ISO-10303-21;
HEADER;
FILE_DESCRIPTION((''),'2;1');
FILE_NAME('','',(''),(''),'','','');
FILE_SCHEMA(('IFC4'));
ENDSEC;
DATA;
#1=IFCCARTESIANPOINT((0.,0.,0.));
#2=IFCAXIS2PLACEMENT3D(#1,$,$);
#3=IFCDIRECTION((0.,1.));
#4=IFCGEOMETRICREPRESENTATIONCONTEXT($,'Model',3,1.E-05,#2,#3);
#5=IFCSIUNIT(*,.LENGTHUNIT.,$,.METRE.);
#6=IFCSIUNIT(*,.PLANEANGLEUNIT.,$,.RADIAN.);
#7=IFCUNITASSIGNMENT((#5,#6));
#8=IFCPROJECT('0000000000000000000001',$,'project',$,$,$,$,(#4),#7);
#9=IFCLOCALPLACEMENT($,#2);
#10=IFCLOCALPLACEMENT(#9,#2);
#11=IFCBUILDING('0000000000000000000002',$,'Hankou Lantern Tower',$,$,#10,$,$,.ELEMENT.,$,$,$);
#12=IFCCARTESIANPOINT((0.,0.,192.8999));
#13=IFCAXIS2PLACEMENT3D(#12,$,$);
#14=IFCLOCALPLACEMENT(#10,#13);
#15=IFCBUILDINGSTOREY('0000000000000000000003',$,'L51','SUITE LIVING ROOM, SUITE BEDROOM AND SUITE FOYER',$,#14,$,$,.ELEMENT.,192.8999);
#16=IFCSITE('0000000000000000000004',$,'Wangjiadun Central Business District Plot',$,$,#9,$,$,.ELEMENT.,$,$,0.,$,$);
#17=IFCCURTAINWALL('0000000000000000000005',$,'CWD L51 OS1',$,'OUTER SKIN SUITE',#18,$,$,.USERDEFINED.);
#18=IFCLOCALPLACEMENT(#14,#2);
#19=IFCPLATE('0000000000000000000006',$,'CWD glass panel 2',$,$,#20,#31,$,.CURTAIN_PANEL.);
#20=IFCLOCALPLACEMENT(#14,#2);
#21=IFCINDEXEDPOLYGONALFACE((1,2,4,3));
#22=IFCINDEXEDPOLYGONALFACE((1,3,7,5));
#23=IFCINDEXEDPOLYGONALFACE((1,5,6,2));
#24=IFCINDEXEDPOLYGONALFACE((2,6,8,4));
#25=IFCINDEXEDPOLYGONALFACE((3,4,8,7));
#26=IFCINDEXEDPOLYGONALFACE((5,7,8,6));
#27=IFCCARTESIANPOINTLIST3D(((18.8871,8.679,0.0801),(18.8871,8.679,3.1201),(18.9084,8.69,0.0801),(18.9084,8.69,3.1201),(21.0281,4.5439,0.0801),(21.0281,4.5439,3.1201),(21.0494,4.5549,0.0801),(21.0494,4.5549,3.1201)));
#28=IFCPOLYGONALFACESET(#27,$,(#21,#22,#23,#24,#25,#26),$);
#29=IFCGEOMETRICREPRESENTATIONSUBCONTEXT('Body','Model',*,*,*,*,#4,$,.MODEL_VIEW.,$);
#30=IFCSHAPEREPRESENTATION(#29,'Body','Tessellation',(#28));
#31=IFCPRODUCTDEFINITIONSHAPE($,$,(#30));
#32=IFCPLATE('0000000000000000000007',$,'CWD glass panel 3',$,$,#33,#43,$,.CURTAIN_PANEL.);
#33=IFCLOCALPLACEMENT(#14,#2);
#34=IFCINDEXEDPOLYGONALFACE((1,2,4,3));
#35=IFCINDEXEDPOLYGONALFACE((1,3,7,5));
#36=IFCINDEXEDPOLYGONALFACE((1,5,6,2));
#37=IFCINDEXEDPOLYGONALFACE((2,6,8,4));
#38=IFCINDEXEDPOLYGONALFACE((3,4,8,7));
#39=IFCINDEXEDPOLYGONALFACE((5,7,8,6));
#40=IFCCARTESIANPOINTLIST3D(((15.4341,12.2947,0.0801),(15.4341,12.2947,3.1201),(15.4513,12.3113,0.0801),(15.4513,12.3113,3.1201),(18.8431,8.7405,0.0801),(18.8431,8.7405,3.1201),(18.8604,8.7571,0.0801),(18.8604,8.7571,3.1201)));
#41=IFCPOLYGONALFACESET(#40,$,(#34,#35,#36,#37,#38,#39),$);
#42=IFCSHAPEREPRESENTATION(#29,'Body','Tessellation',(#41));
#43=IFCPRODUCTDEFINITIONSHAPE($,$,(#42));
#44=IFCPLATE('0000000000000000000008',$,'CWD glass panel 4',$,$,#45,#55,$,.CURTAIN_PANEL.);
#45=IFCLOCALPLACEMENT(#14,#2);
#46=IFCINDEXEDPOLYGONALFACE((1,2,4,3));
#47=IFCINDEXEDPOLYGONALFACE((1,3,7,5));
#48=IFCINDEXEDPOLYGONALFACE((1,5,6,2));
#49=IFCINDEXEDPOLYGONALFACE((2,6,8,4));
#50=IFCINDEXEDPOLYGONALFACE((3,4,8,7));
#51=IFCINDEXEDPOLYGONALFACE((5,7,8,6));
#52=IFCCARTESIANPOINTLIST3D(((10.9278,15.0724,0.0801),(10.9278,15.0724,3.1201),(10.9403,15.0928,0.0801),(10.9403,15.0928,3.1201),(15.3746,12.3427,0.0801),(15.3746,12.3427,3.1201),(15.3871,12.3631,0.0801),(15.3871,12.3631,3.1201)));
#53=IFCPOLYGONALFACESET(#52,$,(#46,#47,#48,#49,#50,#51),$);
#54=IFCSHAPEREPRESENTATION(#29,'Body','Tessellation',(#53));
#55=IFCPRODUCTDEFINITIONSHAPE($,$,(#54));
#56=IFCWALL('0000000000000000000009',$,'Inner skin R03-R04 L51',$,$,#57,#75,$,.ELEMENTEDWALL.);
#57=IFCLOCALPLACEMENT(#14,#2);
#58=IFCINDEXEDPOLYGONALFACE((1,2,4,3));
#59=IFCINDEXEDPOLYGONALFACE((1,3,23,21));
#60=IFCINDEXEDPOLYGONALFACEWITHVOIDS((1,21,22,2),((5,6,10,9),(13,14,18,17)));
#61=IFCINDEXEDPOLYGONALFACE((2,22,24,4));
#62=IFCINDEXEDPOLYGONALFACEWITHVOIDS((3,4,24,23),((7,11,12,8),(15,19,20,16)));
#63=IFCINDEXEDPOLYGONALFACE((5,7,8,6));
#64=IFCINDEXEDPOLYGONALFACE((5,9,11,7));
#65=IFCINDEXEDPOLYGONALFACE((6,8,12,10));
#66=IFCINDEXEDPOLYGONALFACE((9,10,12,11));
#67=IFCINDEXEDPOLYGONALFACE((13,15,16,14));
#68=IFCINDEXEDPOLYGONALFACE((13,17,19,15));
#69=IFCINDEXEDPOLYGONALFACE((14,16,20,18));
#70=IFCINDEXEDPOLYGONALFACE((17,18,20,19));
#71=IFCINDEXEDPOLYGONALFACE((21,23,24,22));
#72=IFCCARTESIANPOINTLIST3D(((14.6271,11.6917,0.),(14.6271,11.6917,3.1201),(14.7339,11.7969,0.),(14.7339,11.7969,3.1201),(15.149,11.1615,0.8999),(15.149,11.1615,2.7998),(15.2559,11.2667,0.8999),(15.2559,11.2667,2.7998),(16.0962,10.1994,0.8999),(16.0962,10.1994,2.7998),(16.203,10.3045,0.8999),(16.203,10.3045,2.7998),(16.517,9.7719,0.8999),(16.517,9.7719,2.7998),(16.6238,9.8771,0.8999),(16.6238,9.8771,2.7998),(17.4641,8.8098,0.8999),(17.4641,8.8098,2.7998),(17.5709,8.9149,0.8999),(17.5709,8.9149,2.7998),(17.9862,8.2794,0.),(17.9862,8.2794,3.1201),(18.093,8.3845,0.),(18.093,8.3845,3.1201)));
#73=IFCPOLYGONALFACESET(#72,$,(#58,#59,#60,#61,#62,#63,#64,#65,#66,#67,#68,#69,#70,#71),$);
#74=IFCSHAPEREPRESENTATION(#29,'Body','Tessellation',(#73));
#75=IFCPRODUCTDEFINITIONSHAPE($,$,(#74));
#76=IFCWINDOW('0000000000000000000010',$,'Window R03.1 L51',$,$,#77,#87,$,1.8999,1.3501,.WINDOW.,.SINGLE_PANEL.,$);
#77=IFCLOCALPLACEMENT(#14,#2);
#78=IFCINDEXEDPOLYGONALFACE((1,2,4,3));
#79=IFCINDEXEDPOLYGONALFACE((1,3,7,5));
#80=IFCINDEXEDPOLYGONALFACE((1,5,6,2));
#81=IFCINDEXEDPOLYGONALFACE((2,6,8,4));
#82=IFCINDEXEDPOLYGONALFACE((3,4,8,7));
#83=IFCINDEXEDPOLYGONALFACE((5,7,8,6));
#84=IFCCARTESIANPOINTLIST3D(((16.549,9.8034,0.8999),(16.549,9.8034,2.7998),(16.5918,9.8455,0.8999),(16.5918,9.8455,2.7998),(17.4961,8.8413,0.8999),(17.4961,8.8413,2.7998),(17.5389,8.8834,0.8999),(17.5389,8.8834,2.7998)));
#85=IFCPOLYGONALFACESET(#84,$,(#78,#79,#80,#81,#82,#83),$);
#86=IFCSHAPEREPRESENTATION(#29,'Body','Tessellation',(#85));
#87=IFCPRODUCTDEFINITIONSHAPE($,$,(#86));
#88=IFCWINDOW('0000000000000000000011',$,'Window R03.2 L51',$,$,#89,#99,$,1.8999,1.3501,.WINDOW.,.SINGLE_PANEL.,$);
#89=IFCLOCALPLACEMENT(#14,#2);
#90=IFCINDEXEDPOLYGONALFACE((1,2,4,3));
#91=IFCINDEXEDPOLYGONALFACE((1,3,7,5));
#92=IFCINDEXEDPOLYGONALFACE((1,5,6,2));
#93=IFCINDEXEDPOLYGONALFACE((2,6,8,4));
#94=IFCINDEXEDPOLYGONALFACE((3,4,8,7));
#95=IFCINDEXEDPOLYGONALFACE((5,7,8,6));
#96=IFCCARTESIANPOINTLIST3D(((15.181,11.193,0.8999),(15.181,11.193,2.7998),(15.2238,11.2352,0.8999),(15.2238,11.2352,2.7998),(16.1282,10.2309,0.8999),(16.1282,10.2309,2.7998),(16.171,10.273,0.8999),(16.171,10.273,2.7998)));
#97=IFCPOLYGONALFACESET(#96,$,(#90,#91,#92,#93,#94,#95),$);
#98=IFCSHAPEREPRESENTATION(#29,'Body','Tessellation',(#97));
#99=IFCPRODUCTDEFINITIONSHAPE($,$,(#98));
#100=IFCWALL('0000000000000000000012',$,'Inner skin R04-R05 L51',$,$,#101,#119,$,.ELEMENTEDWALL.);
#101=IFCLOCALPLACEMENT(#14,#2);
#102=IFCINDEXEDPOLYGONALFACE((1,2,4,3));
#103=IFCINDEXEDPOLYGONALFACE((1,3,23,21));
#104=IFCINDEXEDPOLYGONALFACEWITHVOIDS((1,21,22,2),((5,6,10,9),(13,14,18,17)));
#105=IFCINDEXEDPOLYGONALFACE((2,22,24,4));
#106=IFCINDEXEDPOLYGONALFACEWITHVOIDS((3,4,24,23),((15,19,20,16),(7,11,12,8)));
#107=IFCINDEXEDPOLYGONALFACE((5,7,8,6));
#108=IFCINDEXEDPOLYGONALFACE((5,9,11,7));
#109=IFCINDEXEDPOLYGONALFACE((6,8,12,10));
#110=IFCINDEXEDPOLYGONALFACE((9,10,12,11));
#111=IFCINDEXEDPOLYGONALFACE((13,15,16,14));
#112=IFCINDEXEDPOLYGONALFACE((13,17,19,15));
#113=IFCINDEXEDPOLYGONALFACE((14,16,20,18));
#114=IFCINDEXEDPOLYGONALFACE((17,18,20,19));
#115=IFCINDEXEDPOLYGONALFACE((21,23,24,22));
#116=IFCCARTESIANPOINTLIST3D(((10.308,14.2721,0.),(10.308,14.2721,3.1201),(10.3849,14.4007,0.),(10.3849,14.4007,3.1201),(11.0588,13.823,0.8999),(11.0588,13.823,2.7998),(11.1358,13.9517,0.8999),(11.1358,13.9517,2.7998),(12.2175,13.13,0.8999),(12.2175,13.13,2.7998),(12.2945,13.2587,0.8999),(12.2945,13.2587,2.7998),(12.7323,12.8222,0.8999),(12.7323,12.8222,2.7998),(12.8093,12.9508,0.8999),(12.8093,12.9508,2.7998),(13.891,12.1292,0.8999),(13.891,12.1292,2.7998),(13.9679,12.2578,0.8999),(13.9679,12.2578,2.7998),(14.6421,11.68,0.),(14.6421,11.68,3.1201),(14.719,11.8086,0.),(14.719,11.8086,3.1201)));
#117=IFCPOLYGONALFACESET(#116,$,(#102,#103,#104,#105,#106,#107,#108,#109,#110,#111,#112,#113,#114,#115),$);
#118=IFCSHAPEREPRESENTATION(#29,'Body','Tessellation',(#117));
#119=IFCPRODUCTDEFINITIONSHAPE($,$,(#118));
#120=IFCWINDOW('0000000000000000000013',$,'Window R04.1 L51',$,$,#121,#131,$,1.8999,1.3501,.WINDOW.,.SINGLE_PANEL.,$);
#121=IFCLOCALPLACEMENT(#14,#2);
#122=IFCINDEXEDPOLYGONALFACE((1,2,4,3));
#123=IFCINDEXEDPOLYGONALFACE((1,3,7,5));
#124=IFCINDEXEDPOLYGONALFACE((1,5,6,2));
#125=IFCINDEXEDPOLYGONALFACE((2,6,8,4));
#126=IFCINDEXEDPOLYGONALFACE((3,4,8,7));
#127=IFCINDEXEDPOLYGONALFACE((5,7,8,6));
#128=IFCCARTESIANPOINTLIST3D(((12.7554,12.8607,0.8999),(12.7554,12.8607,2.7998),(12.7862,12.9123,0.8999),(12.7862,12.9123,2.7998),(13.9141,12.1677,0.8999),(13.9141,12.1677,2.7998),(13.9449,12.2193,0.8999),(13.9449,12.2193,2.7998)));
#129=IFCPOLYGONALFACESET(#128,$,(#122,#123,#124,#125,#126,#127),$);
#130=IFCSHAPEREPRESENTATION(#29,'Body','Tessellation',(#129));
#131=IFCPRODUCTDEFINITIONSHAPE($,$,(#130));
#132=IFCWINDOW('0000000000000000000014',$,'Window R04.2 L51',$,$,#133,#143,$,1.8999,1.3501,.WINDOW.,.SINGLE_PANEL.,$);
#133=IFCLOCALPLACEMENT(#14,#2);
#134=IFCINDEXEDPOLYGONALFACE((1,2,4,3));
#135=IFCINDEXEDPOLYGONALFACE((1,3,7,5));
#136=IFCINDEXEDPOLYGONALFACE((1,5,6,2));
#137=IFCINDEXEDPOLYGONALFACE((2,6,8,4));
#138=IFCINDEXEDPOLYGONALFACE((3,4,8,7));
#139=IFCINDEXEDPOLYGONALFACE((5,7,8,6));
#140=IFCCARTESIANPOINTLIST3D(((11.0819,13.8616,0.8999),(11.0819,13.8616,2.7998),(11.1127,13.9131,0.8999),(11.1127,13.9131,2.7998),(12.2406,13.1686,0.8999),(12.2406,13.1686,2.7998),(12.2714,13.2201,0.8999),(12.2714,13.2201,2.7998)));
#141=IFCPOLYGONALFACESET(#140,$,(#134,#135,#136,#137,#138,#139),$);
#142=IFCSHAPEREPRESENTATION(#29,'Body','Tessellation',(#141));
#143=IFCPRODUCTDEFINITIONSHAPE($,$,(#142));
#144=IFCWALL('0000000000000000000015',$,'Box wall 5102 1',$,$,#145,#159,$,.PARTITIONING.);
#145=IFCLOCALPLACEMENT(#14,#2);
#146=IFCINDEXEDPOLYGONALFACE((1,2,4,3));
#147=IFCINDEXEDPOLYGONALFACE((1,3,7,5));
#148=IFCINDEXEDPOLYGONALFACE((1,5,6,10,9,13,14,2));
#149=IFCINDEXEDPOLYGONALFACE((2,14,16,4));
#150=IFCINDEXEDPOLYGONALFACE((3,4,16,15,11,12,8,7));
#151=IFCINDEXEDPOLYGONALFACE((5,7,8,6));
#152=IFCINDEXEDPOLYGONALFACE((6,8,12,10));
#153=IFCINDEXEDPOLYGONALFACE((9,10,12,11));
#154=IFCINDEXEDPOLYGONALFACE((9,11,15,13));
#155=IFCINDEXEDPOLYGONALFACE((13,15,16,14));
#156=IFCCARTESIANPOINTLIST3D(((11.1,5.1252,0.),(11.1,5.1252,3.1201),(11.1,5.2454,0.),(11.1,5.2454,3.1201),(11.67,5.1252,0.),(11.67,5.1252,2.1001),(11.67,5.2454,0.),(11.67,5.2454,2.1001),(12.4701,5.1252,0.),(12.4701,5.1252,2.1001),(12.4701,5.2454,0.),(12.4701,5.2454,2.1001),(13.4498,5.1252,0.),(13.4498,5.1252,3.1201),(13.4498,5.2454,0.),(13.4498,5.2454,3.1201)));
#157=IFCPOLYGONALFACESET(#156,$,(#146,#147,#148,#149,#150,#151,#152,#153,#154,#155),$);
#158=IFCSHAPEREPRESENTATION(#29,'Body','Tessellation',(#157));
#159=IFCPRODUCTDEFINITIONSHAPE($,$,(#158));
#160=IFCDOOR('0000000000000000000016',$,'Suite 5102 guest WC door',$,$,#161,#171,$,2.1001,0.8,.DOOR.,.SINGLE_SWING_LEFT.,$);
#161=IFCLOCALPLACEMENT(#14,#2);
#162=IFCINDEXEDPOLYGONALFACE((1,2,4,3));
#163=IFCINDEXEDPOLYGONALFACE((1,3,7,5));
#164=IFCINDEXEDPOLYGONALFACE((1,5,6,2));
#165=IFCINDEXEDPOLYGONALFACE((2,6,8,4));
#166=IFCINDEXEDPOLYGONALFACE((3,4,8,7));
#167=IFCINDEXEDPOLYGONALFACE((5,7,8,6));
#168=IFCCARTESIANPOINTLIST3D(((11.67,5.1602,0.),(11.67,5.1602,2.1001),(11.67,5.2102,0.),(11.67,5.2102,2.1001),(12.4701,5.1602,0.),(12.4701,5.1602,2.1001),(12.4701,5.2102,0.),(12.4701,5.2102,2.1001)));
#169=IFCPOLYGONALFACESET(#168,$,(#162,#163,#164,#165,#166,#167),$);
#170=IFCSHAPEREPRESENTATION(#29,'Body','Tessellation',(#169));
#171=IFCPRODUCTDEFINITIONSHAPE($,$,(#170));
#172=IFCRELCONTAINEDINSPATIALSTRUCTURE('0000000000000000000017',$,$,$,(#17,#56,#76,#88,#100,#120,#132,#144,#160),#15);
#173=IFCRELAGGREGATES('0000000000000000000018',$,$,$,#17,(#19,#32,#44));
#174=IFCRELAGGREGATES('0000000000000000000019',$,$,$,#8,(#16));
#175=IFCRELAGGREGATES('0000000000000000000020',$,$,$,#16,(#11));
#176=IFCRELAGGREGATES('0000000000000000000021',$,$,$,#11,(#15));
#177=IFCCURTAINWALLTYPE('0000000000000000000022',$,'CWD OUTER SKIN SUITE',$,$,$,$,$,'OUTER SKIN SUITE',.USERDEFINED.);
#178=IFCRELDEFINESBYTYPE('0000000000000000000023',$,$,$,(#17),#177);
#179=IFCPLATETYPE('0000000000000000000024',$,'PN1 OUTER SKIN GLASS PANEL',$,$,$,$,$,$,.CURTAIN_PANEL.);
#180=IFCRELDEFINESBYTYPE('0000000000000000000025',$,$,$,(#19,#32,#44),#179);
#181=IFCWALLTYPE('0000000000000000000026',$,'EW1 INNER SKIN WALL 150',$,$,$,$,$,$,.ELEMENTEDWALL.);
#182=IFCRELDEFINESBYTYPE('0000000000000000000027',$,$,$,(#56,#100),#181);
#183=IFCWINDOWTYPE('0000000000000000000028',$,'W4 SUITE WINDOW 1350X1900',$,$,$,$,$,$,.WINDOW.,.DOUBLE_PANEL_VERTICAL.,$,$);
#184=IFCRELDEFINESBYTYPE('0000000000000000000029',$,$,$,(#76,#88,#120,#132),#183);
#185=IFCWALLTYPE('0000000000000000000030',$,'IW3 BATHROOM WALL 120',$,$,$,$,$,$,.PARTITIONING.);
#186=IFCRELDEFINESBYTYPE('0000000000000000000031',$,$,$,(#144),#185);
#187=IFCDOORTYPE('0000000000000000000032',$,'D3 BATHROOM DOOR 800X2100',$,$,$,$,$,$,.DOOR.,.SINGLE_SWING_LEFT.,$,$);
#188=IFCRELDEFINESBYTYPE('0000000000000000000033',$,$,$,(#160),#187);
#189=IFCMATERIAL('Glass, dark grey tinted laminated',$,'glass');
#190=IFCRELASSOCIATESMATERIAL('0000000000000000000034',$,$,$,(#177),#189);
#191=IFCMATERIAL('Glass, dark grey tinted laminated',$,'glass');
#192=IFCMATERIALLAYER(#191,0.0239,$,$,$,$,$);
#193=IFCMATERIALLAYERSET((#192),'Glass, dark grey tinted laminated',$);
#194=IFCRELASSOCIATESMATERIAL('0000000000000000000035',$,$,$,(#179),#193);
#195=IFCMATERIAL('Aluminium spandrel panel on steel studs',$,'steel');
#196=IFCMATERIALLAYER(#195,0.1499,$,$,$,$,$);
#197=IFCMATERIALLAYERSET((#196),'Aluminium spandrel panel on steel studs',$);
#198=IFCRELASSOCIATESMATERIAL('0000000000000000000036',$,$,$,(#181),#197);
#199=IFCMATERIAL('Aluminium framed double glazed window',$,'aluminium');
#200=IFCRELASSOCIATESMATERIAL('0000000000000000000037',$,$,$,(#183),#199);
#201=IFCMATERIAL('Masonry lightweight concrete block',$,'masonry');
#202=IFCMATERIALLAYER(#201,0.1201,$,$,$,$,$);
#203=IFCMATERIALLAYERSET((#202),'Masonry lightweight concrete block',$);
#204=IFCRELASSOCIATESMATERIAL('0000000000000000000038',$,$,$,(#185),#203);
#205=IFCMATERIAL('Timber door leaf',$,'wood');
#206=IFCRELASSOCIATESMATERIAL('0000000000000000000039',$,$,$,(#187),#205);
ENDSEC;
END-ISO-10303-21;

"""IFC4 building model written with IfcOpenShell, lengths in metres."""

from ifc_helpers import new_model, si_unit, direction, frame, frame_2d, origin, origin_2d, place, context, subcontext, project, spatial, rectangle, extrude, material, layer, layer_set, type_object, element, fill, aggregate, save


model = new_model("IFC4")

# Units and contexts
model_context = context("Model", 3, precision=1e-05, world=origin(), true_north=direction((0.0, 1.0)))
body_context = subcontext(model_context, "Body", "Model", "MODEL_VIEW")
ifc_project = project(units=[si_unit("LENGTHUNIT", "METRE"), si_unit("PLANEANGLEUNIT", "RADIAN")], contexts=[model_context])

# Site, building, storey
site_placement = place(None, origin())
site = spatial("IfcSite", under=ifc_project, at=site_placement, Name="Wangjiadun Central Business District Plot", CompositionType="ELEMENT", RefElevation=0.0)
building_placement = place(site_placement, origin())
building = spatial("IfcBuilding", under=site, at=building_placement, Name="Hankou Lantern Tower", CompositionType="ELEMENT")
storey_placement = place(building_placement, frame((0.0, 0.0, 192.8999)))
storey = spatial("IfcBuildingStorey", under=building, at=storey_placement, Name="L51", Description="SUITE LIVING ROOM, SUITE BEDROOM AND SUITE FOYER", CompositionType="ELEMENT", Elevation=192.8999)

# Curtain wall
ifc_material_1 = material(Name="Glass, dark grey tinted laminated", Category="glass")
curtain_wall_type = type_object("IfcCurtainWallType", Name="CWD OUTER SKIN SUITE", ElementType="OUTER SKIN SUITE", PredefinedType="USERDEFINED", material=ifc_material_1)
curtain_wall_placement = place(storey_placement, origin())
curtain_wall = element("IfcCurtainWall", 1, at=curtain_wall_placement, inside=storey, type_object=curtain_wall_type, Name="CWD L51 OS1", ObjectType="OUTER SKIN SUITE", PredefinedType="USERDEFINED")

# Plates
ifc_material_2 = material(Name="Glass, dark grey tinted laminated", Category="glass")
ifc_layer_1 = layer(ifc_material_2, 0.0239)
ifc_layer_set_1 = layer_set([ifc_layer_1], Name="Glass, dark grey tinted laminated")
plate_type = type_object("IfcPlateType", Name="PN1 OUTER SKIN GLASS PANEL", PredefinedType="CURTAIN_PANEL", material=ifc_layer_set_1)
plate_1_placement = place(storey_placement, frame((19.9683, 6.6169, 0.0801), z_axis=(0.0, 0.0, 1.0), x_axis=(-0.459791, 0.888027, 0.0)))
plate_1 = element("IfcPlate", 2, at=plate_1_placement, type_object=plate_type, Name="CWD glass panel 2", PredefinedType="CURTAIN_PANEL", context=body_context, shape_type="SweptSolid", body=[
    extrude(rectangle(XDim=4.6565, YDim=0.0239, at=origin_2d()), origin(), (0.0, 0.0, 1.0), 3.04),
])
plate_2_placement = place(storey_placement, frame((17.1472, 10.5259, 0.0801), z_axis=(0.0, 0.0, 1.0), x_axis=(-0.692216, 0.721691, 0.0)))
plate_2 = element("IfcPlate", 3, at=plate_2_placement, type_object=plate_type, Name="CWD glass panel 3", PredefinedType="CURTAIN_PANEL", context=body_context, shape_type="SweptSolid", body=[
    extrude(rectangle(XDim=4.9248, YDim=0.0239, at=origin_2d()), origin(), (0.0, 0.0, 1.0), 3.04),
])
plate_3_placement = place(storey_placement, frame((13.1575, 13.7178, 0.0801), z_axis=(0.0, 0.0, 1.0), x_axis=(-0.852237, 0.523156, 0.0)))
plate_3 = element("IfcPlate", 4, at=plate_3_placement, type_object=plate_type, Name="CWD glass panel 4", PredefinedType="CURTAIN_PANEL", context=body_context, shape_type="SweptSolid", body=[
    extrude(rectangle(XDim=5.2178, YDim=0.0239, at=origin_2d()), origin(), (0.0, 0.0, 1.0), 3.04),
])
aggregate(curtain_wall, [plate_1, plate_2, plate_3])

# Walls, openings, windows
ifc_material_3 = material(Name="Aluminium spandrel panel on steel studs", Category="steel")
ifc_layer_2 = layer(ifc_material_3, 0.1499)
ifc_layer_set_2 = layer_set([ifc_layer_2], Name="Aluminium spandrel panel on steel studs")
wall_type_1 = type_object("IfcWallType", Name="EW1 INNER SKIN WALL 150", PredefinedType="ELEMENTEDWALL", material=ifc_layer_set_2)
wall_1_placement = place(storey_placement, frame((18.0396, 8.332, 0.0), z_axis=(0.0, 0.0, 1.0), x_axis=(-0.701527, 0.712643, 0.0)))
wall_1 = element("IfcWall", 5, at=wall_1_placement, inside=storey, type_object=wall_type_1, Name="Inner skin R03-R04 L51", PredefinedType="ELEMENTEDWALL", context=body_context, shape_type="SweptSolid", body=[
    extrude(rectangle(XDim=4.7883, YDim=0.1499, at=frame_2d((2.394, 0.0))), origin(), (0.0, 0.0, 1.0), 3.1201),
])
opening_1_placement = place(wall_1_placement, frame((0.7441, 0.0, 0.8999)))
opening_1 = element("IfcOpeningElement", 6, at=opening_1_placement, cuts=wall_1, PredefinedType="OPENING", context=body_context, shape_type="SweptSolid", body=[
    extrude(rectangle(XDim=1.3501, YDim=1.8999, at=frame_2d((0.675, 0.95))), frame((0.0, 0.085, 0.0), z_axis=(0.0, -1.0, 0.0), x_axis=(1.0, 0.0, 0.0)), (0.0, 0.0, 1.0), 0.1699),
])
opening_2_placement = place(wall_1_placement, frame((2.6941, 0.0, 0.8999)))
opening_2 = element("IfcOpeningElement", 7, at=opening_2_placement, cuts=wall_1, PredefinedType="OPENING", context=body_context, shape_type="SweptSolid", body=[
    extrude(rectangle(XDim=1.3501, YDim=1.8999, at=frame_2d((0.675, 0.95))), frame((0.0, 0.085, 0.0), z_axis=(0.0, -1.0, 0.0), x_axis=(1.0, 0.0, 0.0)), (0.0, 0.0, 1.0), 0.1699),
])
ifc_material_4 = material(Name="Aluminium framed double glazed window", Category="aluminium")
window_type = type_object("IfcWindowType", Name="W4 SUITE WINDOW 1350X1900", PartitioningType="DOUBLE_PANEL_VERTICAL", PredefinedType="WINDOW", material=ifc_material_4)
window_1_placement = place(opening_1_placement, origin())
window_1 = element("IfcWindow", 8, at=window_1_placement, inside=storey, type_object=window_type, Name="Window R03.1 L51", OverallHeight=1.8999, OverallWidth=1.3501, PartitioningType="SINGLE_PANEL", PredefinedType="WINDOW", context=body_context, shape_type="SweptSolid", body=[
    extrude(rectangle(XDim=1.3501, YDim=1.8999, at=frame_2d((0.675, 0.95))), frame((0.0, 0.03, 0.0), z_axis=(0.0, -1.0, 0.0), x_axis=(1.0, 0.0, 0.0)), (0.0, 0.0, 1.0), 0.0601),
])
fill(opening_1, window_1)
window_2_placement = place(opening_2_placement, origin())
window_2 = element("IfcWindow", 9, at=window_2_placement, inside=storey, type_object=window_type, Name="Window R03.2 L51", OverallHeight=1.8999, OverallWidth=1.3501, PartitioningType="SINGLE_PANEL", PredefinedType="WINDOW", context=body_context, shape_type="SweptSolid", body=[
    extrude(rectangle(XDim=1.3501, YDim=1.8999, at=frame_2d((0.675, 0.95))), frame((0.0, 0.03, 0.0), z_axis=(0.0, -1.0, 0.0), x_axis=(1.0, 0.0, 0.0)), (0.0, 0.0, 1.0), 0.0601),
])
fill(opening_2, window_2)
wall_2_placement = place(storey_placement, frame((14.6804, 11.7444, 0.0), z_axis=(0.0, 0.0, 1.0), x_axis=(-0.858222, 0.51328, 0.0)))
wall_2 = element("IfcWall", 10, at=wall_2_placement, inside=storey, type_object=wall_type_1, Name="Inner skin R04-R05 L51", PredefinedType="ELEMENTEDWALL", context=body_context, shape_type="SweptSolid", body=[
    extrude(rectangle(XDim=5.05, YDim=0.1499, at=frame_2d((2.5249, 0.0))), origin(), (0.0, 0.0, 1.0), 3.1201),
])
opening_3_placement = place(wall_2_placement, frame((0.875, 0.0, 0.8999)))
opening_3 = element("IfcOpeningElement", 11, at=opening_3_placement, cuts=wall_2, PredefinedType="OPENING", context=body_context, shape_type="SweptSolid", body=[
    extrude(rectangle(XDim=1.3501, YDim=1.8999, at=frame_2d((0.675, 0.95))), frame((0.0, 0.085, 0.0), z_axis=(0.0, -1.0, 0.0), x_axis=(1.0, 0.0, 0.0)), (0.0, 0.0, 1.0), 0.1699),
])
opening_4_placement = place(wall_2_placement, frame((2.825, 0.0, 0.8999)))
opening_4 = element("IfcOpeningElement", 12, at=opening_4_placement, cuts=wall_2, PredefinedType="OPENING", context=body_context, shape_type="SweptSolid", body=[
    extrude(rectangle(XDim=1.3501, YDim=1.8999, at=frame_2d((0.675, 0.95))), frame((0.0, 0.085, 0.0), z_axis=(0.0, -1.0, 0.0), x_axis=(1.0, 0.0, 0.0)), (0.0, 0.0, 1.0), 0.1699),
])
window_3_placement = place(opening_3_placement, origin())
window_3 = element("IfcWindow", 13, at=window_3_placement, inside=storey, type_object=window_type, Name="Window R04.1 L51", OverallHeight=1.8999, OverallWidth=1.3501, PartitioningType="SINGLE_PANEL", PredefinedType="WINDOW", context=body_context, shape_type="SweptSolid", body=[
    extrude(rectangle(XDim=1.3501, YDim=1.8999, at=frame_2d((0.675, 0.95))), frame((0.0, 0.03, 0.0), z_axis=(0.0, -1.0, 0.0), x_axis=(1.0, 0.0, 0.0)), (0.0, 0.0, 1.0), 0.0601),
])
fill(opening_3, window_3)
window_4_placement = place(opening_4_placement, origin())
window_4 = element("IfcWindow", 14, at=window_4_placement, inside=storey, type_object=window_type, Name="Window R04.2 L51", OverallHeight=1.8999, OverallWidth=1.3501, PartitioningType="SINGLE_PANEL", PredefinedType="WINDOW", context=body_context, shape_type="SweptSolid", body=[
    extrude(rectangle(XDim=1.3501, YDim=1.8999, at=frame_2d((0.675, 0.95))), frame((0.0, 0.03, 0.0), z_axis=(0.0, -1.0, 0.0), x_axis=(1.0, 0.0, 0.0)), (0.0, 0.0, 1.0), 0.0601),
])
fill(opening_4, window_4)

# Wall, opening, door
ifc_material_5 = material(Name="Masonry lightweight concrete block", Category="masonry")
ifc_layer_3 = layer(ifc_material_5, 0.1201)
ifc_layer_set_3 = layer_set([ifc_layer_3], Name="Masonry lightweight concrete block")
wall_type_2 = type_object("IfcWallType", Name="IW3 BATHROOM WALL 120", PredefinedType="PARTITIONING", material=ifc_layer_set_3)
wall_3_placement = place(storey_placement, frame((11.1001, 5.1853, 0.0), z_axis=(0.0, 0.0, 1.0), x_axis=(1.0, 0.0, 0.0)))
wall_3 = element("IfcWall", 15, at=wall_3_placement, inside=storey, type_object=wall_type_2, Name="Box wall 5102 1", PredefinedType="PARTITIONING", context=body_context, shape_type="SweptSolid", body=[
    extrude(rectangle(XDim=2.3499, YDim=0.1201, at=frame_2d((1.1748, 0.0))), origin(), (0.0, 0.0, 1.0), 3.1201),
])
opening_5_placement = place(wall_3_placement, frame((0.5701, 0.0, 0.0)))
opening_5 = element("IfcOpeningElement", 16, at=opening_5_placement, cuts=wall_3, PredefinedType="OPENING", context=body_context, shape_type="SweptSolid", body=[
    extrude(rectangle(XDim=0.8, YDim=2.1001, at=frame_2d((0.3999, 1.05))), frame((0.0, 0.0701, 0.0), z_axis=(0.0, -1.0, 0.0), x_axis=(1.0, 0.0, 0.0)), (0.0, 0.0, 1.0), 0.1401),
])
ifc_material_6 = material(Name="Timber door leaf", Category="wood")
door_type_1 = type_object("IfcDoorType", Name="D3 BATHROOM DOOR 800X2100", OperationType="SINGLE_SWING_LEFT", PredefinedType="DOOR", material=ifc_material_6)
door_1_placement = place(opening_5_placement, origin())
door_1 = element("IfcDoor", 17, at=door_1_placement, inside=storey, type_object=door_type_1, Name="Suite 5102 guest WC door", OperationType="SINGLE_SWING_LEFT", OverallHeight=2.1001, OverallWidth=0.8, PredefinedType="DOOR", context=body_context, shape_type="SweptSolid", body=[
    extrude(rectangle(XDim=0.8, YDim=2.1001, at=frame_2d((0.3999, 1.05))), frame((0.0, 0.0249, 0.0), z_axis=(0.0, -1.0, 0.0), x_axis=(1.0, 0.0, 0.0)), (0.0, 0.0, 1.0), 0.05),
])
fill(opening_5, door_1)

save(model, "model.ifc")
